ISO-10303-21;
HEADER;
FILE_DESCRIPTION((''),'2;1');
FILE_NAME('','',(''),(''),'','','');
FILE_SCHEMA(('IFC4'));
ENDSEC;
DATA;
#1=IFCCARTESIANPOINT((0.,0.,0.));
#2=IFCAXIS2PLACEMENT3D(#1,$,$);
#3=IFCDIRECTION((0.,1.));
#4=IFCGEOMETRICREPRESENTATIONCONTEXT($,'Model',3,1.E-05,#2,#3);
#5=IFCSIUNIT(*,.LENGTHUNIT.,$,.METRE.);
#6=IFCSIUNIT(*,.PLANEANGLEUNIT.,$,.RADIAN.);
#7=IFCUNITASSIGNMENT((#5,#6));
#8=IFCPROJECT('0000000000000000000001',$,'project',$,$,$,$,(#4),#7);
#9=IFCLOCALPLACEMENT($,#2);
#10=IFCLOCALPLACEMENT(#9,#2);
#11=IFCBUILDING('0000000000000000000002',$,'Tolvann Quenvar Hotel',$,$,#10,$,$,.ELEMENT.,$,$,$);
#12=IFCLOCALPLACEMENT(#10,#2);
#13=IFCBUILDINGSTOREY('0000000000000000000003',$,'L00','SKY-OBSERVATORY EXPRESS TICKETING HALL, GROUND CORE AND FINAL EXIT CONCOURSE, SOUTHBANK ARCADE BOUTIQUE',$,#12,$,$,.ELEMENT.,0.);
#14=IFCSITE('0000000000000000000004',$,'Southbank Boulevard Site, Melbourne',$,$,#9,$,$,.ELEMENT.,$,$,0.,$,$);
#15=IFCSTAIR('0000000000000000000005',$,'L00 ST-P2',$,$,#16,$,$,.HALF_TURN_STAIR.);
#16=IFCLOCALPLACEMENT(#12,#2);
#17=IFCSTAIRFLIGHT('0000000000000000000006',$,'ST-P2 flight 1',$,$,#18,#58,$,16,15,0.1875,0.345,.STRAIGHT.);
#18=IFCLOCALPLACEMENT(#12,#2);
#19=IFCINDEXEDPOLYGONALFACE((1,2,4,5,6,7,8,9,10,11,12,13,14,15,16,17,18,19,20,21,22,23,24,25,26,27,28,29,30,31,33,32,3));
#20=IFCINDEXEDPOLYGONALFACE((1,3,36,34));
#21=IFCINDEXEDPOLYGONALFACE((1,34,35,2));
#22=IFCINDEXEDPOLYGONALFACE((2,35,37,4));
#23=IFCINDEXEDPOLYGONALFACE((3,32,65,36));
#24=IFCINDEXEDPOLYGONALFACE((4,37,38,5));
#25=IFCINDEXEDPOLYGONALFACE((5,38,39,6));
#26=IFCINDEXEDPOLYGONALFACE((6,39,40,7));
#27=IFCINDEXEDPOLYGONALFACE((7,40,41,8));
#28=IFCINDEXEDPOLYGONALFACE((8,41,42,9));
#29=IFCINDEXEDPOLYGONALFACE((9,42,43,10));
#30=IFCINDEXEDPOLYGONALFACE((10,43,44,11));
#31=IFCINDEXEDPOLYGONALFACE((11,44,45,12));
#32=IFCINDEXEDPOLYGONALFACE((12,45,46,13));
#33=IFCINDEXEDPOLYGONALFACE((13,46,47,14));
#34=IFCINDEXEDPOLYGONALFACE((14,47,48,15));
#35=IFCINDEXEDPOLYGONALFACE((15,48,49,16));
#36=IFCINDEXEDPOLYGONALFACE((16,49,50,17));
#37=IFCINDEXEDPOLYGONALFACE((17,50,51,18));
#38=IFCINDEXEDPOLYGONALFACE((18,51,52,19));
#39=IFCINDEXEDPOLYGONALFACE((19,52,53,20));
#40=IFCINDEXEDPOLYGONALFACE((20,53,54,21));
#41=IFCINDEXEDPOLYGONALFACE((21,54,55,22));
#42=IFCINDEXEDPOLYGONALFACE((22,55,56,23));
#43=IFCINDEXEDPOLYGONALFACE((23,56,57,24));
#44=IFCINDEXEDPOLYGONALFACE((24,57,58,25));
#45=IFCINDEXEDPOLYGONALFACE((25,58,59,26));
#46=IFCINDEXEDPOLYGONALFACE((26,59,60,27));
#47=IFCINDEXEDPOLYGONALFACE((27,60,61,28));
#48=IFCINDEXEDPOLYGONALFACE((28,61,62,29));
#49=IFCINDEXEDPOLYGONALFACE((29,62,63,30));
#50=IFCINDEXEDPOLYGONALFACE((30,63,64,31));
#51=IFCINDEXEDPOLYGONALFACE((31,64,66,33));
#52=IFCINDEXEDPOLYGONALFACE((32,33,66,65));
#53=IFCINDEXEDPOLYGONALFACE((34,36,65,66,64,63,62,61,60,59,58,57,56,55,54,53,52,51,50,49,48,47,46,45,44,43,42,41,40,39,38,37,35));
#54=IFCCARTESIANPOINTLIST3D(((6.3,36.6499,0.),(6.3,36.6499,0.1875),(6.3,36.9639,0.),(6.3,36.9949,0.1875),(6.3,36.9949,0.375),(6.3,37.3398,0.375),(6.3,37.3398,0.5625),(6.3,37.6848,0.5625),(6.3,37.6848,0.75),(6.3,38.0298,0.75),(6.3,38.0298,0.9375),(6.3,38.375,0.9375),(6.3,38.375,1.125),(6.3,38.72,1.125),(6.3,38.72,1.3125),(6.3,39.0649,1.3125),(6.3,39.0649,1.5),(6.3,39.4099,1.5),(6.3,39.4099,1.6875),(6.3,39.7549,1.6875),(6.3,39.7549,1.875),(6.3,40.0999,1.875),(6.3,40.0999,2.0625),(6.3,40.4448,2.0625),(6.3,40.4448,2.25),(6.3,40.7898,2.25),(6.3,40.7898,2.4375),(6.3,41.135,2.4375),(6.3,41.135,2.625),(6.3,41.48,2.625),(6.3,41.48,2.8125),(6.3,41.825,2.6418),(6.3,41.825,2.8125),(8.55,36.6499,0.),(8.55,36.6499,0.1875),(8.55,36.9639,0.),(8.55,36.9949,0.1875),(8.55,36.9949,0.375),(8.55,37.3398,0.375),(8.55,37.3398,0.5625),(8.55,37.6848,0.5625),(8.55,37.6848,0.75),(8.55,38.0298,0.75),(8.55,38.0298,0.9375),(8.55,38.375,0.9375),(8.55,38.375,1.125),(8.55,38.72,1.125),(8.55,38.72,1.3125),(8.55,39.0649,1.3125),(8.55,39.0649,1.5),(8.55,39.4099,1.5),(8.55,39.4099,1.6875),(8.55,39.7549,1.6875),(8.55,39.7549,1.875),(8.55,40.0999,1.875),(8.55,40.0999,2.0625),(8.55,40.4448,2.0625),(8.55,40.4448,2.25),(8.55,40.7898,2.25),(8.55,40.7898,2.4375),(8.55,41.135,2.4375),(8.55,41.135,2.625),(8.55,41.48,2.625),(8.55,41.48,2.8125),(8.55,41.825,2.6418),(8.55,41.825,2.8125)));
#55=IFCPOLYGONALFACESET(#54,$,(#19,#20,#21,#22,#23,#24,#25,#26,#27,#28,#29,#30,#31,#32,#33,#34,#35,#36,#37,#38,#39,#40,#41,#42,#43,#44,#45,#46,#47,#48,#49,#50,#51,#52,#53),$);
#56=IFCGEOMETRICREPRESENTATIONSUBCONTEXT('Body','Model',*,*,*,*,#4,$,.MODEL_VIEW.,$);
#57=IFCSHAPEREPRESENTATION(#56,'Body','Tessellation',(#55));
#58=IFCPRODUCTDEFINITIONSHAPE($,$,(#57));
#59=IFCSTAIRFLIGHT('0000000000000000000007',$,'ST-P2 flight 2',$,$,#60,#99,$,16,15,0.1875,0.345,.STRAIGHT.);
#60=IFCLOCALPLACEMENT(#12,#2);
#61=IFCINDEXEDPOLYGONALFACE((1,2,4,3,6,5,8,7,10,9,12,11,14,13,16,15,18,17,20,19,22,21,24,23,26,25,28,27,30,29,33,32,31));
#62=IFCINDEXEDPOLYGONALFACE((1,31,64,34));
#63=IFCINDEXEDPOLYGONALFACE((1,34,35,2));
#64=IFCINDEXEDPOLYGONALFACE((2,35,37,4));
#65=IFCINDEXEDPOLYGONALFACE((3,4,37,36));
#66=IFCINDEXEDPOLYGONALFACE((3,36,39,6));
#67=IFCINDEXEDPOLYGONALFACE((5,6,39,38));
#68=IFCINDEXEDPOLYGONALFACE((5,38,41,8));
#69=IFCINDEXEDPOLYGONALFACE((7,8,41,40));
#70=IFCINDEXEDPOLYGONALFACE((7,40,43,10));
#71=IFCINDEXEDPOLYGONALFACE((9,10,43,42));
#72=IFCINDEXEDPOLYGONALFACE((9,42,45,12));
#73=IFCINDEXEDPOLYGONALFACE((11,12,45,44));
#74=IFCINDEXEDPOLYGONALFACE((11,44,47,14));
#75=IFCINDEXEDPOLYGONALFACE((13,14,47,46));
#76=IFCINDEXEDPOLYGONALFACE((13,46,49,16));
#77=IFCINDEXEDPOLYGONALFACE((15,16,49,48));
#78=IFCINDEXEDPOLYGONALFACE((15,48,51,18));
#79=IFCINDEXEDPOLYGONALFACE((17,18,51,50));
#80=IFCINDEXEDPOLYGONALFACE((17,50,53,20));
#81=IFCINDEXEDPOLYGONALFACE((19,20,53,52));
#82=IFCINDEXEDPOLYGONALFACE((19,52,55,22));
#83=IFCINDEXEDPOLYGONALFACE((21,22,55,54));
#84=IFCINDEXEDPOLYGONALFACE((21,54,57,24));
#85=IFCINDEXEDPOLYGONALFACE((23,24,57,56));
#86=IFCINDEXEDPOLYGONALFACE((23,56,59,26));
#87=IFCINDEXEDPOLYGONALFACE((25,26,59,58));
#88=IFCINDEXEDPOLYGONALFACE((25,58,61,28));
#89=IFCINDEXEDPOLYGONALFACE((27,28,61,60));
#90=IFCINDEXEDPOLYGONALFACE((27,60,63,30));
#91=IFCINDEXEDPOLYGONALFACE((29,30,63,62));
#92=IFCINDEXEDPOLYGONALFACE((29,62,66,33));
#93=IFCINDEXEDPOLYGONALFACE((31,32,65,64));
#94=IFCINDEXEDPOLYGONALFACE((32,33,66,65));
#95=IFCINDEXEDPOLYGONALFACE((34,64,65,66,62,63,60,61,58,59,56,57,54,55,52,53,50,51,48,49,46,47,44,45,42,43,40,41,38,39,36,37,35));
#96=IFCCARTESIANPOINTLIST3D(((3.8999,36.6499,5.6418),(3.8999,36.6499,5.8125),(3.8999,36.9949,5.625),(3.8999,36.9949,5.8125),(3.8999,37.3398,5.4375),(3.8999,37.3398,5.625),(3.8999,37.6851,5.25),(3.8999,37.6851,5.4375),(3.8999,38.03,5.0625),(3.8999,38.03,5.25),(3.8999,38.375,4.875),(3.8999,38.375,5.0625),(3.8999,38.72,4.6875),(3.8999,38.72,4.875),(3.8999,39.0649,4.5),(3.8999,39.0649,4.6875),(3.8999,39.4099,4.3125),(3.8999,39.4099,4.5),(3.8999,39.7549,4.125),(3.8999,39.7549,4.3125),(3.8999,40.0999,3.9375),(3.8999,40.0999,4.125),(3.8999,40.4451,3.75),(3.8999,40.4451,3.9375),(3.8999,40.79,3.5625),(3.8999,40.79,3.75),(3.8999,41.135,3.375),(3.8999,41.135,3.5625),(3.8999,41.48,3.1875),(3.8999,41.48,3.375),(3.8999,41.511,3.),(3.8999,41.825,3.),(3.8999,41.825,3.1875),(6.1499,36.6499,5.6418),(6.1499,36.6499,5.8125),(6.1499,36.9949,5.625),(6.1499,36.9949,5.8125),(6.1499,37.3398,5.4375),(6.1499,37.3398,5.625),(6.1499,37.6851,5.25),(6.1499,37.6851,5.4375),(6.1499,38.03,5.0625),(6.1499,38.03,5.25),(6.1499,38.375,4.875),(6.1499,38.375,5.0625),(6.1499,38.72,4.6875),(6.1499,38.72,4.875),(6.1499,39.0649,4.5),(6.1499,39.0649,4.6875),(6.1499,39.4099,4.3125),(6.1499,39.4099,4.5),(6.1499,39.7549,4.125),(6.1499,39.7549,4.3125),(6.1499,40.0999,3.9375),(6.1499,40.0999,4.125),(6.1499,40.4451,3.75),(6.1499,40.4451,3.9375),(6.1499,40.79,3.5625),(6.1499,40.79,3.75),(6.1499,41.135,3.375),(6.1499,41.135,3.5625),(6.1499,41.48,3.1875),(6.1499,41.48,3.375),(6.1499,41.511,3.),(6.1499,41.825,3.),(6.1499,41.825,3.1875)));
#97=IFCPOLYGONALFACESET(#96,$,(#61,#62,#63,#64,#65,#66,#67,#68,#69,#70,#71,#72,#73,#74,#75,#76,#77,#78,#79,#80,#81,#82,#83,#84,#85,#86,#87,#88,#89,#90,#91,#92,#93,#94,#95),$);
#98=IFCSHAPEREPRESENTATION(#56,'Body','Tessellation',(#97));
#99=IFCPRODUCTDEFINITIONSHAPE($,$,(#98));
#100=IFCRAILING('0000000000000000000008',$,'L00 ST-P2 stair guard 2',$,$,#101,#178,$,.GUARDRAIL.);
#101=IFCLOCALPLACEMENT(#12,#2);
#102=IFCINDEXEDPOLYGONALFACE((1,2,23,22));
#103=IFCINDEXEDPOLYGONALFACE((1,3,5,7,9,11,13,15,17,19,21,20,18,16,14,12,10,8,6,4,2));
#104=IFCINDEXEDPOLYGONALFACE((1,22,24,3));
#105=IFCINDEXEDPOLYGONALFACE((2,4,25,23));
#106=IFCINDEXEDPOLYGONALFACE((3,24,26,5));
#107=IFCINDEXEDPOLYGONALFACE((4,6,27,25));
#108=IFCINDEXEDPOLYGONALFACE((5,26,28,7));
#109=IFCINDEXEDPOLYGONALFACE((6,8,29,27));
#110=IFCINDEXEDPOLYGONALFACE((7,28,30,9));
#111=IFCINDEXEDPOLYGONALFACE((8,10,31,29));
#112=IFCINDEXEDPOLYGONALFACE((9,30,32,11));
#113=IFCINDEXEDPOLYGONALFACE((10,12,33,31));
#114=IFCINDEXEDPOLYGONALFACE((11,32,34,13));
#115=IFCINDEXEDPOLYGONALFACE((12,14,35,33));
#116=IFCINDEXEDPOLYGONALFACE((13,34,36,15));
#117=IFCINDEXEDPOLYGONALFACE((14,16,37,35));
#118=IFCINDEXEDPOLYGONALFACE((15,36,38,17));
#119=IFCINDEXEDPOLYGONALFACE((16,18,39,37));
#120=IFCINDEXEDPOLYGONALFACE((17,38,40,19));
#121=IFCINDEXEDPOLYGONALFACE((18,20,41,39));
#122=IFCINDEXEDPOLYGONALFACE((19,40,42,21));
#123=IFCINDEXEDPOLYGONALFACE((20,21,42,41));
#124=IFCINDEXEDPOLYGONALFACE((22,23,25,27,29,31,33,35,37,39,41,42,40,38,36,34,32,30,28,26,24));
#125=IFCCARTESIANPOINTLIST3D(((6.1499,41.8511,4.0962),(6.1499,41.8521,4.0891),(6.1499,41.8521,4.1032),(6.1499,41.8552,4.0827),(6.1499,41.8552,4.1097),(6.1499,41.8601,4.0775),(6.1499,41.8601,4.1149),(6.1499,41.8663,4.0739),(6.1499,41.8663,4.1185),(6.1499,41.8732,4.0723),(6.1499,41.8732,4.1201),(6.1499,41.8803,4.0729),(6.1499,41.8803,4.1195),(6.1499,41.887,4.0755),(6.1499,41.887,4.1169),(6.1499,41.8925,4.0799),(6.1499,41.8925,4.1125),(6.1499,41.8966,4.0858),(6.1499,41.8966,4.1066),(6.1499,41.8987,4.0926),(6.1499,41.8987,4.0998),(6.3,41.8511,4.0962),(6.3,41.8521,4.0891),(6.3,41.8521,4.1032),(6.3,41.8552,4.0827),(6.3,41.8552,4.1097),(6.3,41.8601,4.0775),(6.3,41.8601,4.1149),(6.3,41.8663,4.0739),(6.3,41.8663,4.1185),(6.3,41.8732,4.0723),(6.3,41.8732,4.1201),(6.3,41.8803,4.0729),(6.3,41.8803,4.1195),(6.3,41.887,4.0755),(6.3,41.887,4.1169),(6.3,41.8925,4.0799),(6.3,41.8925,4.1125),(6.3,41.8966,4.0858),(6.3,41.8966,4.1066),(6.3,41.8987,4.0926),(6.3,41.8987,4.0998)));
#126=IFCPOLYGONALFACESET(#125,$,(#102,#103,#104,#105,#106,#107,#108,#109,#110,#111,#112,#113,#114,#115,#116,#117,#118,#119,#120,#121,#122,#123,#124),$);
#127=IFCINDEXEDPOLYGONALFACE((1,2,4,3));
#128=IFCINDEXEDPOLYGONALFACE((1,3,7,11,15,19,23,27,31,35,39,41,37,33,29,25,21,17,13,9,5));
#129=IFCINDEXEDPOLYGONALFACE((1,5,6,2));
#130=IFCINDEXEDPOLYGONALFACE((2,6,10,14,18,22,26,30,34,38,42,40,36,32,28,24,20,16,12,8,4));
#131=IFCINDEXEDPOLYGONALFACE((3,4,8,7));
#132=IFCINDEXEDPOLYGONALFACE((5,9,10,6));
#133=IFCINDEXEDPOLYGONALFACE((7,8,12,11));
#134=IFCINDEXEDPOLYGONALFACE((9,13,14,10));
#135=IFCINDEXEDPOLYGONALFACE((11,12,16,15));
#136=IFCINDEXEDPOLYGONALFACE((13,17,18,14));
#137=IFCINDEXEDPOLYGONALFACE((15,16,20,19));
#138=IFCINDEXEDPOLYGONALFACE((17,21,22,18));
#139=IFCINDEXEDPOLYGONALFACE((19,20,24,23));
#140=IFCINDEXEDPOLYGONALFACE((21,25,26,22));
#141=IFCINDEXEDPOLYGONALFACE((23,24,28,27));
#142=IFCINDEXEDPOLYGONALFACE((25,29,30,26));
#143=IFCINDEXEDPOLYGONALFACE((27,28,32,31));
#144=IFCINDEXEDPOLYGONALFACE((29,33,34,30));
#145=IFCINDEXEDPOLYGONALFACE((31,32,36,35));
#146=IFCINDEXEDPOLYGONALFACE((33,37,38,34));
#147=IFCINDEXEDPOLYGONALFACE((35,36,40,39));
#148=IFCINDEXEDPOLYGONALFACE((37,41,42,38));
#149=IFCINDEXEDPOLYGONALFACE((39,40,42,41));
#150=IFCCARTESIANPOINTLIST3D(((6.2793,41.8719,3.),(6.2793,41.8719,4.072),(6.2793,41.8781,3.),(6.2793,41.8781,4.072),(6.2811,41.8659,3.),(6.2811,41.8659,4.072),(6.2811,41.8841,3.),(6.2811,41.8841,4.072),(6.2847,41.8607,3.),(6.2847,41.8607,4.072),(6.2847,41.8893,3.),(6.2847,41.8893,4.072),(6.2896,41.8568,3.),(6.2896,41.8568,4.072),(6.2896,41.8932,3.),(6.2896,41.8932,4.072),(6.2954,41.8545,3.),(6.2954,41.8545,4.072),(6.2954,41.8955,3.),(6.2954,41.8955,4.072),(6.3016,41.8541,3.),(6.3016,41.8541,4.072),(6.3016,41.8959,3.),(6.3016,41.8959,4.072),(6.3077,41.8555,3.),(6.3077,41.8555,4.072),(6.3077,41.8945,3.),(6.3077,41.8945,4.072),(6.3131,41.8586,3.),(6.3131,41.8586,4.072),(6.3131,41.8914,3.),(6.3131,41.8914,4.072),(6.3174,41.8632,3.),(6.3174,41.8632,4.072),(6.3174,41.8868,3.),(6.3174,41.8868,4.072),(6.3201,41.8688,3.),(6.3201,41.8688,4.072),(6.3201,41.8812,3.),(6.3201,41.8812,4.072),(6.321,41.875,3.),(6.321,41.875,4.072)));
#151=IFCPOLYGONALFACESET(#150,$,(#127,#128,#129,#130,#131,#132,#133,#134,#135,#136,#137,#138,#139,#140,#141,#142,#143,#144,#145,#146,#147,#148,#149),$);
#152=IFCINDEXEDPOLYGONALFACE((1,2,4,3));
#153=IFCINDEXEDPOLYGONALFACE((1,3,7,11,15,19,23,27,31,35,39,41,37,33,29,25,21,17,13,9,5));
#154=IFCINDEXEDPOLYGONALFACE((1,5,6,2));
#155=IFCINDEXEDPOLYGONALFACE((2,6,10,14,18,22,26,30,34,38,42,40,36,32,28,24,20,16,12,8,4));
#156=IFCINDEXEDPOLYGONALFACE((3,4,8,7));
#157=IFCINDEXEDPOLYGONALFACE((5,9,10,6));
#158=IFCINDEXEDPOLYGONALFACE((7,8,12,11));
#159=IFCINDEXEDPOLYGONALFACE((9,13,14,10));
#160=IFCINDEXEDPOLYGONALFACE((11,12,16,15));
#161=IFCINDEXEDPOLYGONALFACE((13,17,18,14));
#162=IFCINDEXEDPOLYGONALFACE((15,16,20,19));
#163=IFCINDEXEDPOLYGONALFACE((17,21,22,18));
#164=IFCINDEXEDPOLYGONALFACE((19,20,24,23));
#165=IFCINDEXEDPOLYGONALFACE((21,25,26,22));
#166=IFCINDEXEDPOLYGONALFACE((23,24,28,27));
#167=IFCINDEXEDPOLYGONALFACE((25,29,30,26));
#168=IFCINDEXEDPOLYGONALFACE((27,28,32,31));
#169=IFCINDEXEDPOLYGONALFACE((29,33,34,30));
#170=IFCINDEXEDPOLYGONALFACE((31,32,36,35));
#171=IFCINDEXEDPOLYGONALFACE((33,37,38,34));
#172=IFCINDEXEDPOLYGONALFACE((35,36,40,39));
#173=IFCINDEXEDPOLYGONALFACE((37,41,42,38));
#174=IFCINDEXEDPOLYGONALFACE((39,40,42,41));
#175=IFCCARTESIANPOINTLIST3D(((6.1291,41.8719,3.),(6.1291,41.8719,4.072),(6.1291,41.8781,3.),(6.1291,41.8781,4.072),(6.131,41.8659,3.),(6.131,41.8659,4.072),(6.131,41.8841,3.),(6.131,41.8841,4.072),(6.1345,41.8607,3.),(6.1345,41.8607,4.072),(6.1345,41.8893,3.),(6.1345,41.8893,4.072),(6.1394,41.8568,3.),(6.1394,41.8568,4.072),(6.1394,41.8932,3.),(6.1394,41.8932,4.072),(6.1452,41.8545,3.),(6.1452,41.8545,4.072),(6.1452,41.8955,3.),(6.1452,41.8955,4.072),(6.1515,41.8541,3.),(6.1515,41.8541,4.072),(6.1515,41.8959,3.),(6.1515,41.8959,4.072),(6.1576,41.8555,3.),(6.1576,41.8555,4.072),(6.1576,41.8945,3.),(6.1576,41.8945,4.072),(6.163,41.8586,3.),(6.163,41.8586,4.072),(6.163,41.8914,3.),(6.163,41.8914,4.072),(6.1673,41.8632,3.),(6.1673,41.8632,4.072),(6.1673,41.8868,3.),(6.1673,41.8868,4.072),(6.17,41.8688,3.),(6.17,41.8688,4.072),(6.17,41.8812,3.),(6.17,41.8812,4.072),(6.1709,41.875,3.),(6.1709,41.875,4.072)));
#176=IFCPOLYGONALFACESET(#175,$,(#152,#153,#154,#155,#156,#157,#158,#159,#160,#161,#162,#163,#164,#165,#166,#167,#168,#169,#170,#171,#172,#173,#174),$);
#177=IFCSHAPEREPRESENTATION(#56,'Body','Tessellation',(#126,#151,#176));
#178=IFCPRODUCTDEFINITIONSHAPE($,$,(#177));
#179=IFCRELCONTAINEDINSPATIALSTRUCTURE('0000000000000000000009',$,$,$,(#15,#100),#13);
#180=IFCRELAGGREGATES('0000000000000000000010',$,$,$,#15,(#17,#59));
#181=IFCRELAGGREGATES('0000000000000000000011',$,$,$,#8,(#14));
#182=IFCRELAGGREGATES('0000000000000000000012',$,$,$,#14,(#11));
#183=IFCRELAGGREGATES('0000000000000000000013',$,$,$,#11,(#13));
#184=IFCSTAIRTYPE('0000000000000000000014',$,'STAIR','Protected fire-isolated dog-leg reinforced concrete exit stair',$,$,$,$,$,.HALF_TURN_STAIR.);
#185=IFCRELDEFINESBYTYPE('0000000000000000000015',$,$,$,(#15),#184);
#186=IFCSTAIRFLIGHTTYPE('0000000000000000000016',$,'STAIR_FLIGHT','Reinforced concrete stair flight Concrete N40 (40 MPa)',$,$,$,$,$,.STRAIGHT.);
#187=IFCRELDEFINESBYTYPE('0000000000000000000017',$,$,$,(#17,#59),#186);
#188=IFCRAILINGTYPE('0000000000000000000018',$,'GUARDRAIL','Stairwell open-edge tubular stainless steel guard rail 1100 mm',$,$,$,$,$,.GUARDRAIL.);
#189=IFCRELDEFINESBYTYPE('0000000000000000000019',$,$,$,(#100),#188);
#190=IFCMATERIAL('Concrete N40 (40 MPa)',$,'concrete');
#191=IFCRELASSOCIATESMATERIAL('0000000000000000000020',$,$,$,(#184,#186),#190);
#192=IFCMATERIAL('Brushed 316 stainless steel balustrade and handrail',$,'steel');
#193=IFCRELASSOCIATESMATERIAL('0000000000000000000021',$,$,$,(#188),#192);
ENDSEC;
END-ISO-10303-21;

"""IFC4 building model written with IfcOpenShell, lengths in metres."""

from ifc_helpers import new_model, si_unit, direction, frame, origin, origin_2d, place, context, subcontext, project, spatial, polyline, circle, outline, extrude, material, type_object, element, aggregate, save


model = new_model("IFC4")

# Units and contexts
model_context = context("Model", 3, precision=1e-05, world=origin(), true_north=direction((0.0, 1.0)))
body_context = subcontext(model_context, "Body", "Model", "MODEL_VIEW")
ifc_project = project(units=[si_unit("LENGTHUNIT", "METRE"), si_unit("PLANEANGLEUNIT", "RADIAN")], contexts=[model_context])

# Site, building, storey
site_placement = place(None, origin())
site = spatial("IfcSite", under=ifc_project, at=site_placement, Name="Southbank Boulevard Site, Melbourne", CompositionType="ELEMENT", RefElevation=0.0)
building_placement = place(site_placement, origin())
building = spatial("IfcBuilding", under=site, at=building_placement, Name="Tolvann Quenvar Hotel", CompositionType="ELEMENT")
storey_placement = place(building_placement, origin())
storey = spatial("IfcBuildingStorey", under=building, at=storey_placement, Name="L00", Description="SKY-OBSERVATORY EXPRESS TICKETING HALL, GROUND CORE AND FINAL EXIT CONCOURSE, SOUTHBANK ARCADE BOUTIQUE", CompositionType="ELEMENT", Elevation=0.0)

# Shared definitions
ifc_material_1 = material(Name="Concrete N40 (40 MPa)", Category="concrete")

# Stair, stair flights
stair_type = type_object("IfcStairType", Name="STAIR", Description="Protected fire-isolated dog-leg reinforced concrete exit stair", PredefinedType="HALF_TURN_STAIR", material=ifc_material_1)
stair_placement = place(storey_placement, origin())
stair = element("IfcStair", 1, at=stair_placement, inside=storey, type_object=stair_type, Name="L00 ST-P2", PredefinedType="HALF_TURN_STAIR")
stair_flight_type = type_object("IfcStairFlightType", Name="STAIR_FLIGHT", Description="Reinforced concrete stair flight Concrete N40 (40 MPa)", PredefinedType="STRAIGHT", material=ifc_material_1)
stair_flight_1_placement = place(storey_placement, frame((7.425, 36.6499, 0.0), z_axis=(0.0, 0.0, 1.0), x_axis=(0.0, 1.0, 0.0)))
stair_flight_1 = element("IfcStairFlight", 2, at=stair_flight_1_placement, type_object=stair_flight_type, Name="ST-P2 flight 1", NumberOfRisers=16, NumberOfTreads=15, PredefinedType="STRAIGHT", RiserHeight=0.1875, TreadLength=0.345, context=body_context, shape_type="SweptSolid", body=[
    extrude(outline(polyline([(0.0, 0.0), (0.0, 0.1875), (0.345, 0.1875), (0.345, 0.375), (0.6899, 0.375), (0.6899, 0.5625), (1.0349, 0.5625), (1.0349, 0.75), (1.3799, 0.75), (1.3799, 0.9375), (1.7251, 0.9375), (1.7251, 1.125), (2.0701, 1.125), (2.0701, 1.3125), (2.415, 1.3125), (2.415, 1.5), (2.76, 1.5), (2.76, 1.6875), (3.105, 1.6875), (3.105, 1.875), (3.45, 1.875), (3.45, 2.0625), (3.7949, 2.0625), (3.7949, 2.25), (4.1399, 2.25), (4.1399, 2.4375), (4.4851, 2.4375), (4.4851, 2.625), (4.8301, 2.625), (4.8301, 2.8125), (5.175, 2.8125), (5.175, 3.0), (5.175, 2.6418), (0.314, 0.0), (0.0, 0.0)])), frame((0.0, 1.125, 0.0), z_axis=(0.0, -1.0, 0.0), x_axis=(1.0, 0.0, 0.0)), (0.0, 0.0, 1.0), 2.25),
])
stair_flight_2_placement = place(storey_placement, frame((5.0249, 41.825, 3.0), z_axis=(0.0, 0.0, 1.0), x_axis=(0.0, -1.0, 0.0)))
stair_flight_2 = element("IfcStairFlight", 3, at=stair_flight_2_placement, type_object=stair_flight_type, Name="ST-P2 flight 2", NumberOfRisers=16, NumberOfTreads=15, PredefinedType="STRAIGHT", RiserHeight=0.1875, TreadLength=0.345, context=body_context, shape_type="SweptSolid", body=[
    extrude(outline(polyline([(0.0, 0.0), (0.0, 0.1875), (0.345, 0.1875), (0.345, 0.375), (0.6899, 0.375), (0.6899, 0.5625), (1.0349, 0.5625), (1.0349, 0.75), (1.3799, 0.75), (1.3799, 0.9375), (1.7251, 0.9375), (1.7251, 1.125), (2.0701, 1.125), (2.0701, 1.3125), (2.415, 1.3125), (2.415, 1.5), (2.76, 1.5), (2.76, 1.6875), (3.105, 1.6875), (3.105, 1.875), (3.45, 1.875), (3.45, 2.0625), (3.7949, 2.0625), (3.7949, 2.25), (4.1399, 2.25), (4.1399, 2.4375), (4.4851, 2.4375), (4.4851, 2.625), (4.8301, 2.625), (4.8301, 2.8125), (5.175, 2.8125), (5.175, 3.0), (5.175, 2.6418), (0.314, 0.0), (0.0, 0.0)])), frame((0.0, 1.125, 0.0), z_axis=(0.0, -1.0, 0.0), x_axis=(1.0, 0.0, 0.0)), (0.0, 0.0, 1.0), 2.25),
])
aggregate(stair, [stair_flight_1, stair_flight_2])

# Railing
ifc_material_2 = material(Name="Brushed 316 stainless steel balustrade and handrail", Category="steel")
railing_type_1 = type_object("IfcRailingType", Name="GUARDRAIL", Description="Stairwell open-edge tubular stainless steel guard rail 1100 mm", PredefinedType="GUARDRAIL", material=ifc_material_2)
railing_1_placement = place(storey_placement, frame((6.3, 41.875, 3.0)))
element("IfcRailing", 4, at=railing_1_placement, inside=storey, type_object=railing_type_1, Name="L00 ST-P2 stair guard 2", PredefinedType="GUARDRAIL", context=body_context, shape_type="SweptSolid", body=[
    extrude(circle(Radius=0.0239, at=origin_2d()), frame((0.0, 0.0, 1.0962), z_axis=(-1.0, 0.0, 0.0), x_axis=(0.0, -1.0, 0.0)), (0.0, 0.0, 1.0), 0.1501),
    extrude(circle(Radius=0.021, at=origin_2d()), origin(), (0.0, 0.0, 1.0), 1.072),
    extrude(circle(Radius=0.021, at=origin_2d()), frame((-0.1501, 0.0, 0.0)), (0.0, 0.0, 1.0), 1.072),
])

save(model, "model.ifc")
